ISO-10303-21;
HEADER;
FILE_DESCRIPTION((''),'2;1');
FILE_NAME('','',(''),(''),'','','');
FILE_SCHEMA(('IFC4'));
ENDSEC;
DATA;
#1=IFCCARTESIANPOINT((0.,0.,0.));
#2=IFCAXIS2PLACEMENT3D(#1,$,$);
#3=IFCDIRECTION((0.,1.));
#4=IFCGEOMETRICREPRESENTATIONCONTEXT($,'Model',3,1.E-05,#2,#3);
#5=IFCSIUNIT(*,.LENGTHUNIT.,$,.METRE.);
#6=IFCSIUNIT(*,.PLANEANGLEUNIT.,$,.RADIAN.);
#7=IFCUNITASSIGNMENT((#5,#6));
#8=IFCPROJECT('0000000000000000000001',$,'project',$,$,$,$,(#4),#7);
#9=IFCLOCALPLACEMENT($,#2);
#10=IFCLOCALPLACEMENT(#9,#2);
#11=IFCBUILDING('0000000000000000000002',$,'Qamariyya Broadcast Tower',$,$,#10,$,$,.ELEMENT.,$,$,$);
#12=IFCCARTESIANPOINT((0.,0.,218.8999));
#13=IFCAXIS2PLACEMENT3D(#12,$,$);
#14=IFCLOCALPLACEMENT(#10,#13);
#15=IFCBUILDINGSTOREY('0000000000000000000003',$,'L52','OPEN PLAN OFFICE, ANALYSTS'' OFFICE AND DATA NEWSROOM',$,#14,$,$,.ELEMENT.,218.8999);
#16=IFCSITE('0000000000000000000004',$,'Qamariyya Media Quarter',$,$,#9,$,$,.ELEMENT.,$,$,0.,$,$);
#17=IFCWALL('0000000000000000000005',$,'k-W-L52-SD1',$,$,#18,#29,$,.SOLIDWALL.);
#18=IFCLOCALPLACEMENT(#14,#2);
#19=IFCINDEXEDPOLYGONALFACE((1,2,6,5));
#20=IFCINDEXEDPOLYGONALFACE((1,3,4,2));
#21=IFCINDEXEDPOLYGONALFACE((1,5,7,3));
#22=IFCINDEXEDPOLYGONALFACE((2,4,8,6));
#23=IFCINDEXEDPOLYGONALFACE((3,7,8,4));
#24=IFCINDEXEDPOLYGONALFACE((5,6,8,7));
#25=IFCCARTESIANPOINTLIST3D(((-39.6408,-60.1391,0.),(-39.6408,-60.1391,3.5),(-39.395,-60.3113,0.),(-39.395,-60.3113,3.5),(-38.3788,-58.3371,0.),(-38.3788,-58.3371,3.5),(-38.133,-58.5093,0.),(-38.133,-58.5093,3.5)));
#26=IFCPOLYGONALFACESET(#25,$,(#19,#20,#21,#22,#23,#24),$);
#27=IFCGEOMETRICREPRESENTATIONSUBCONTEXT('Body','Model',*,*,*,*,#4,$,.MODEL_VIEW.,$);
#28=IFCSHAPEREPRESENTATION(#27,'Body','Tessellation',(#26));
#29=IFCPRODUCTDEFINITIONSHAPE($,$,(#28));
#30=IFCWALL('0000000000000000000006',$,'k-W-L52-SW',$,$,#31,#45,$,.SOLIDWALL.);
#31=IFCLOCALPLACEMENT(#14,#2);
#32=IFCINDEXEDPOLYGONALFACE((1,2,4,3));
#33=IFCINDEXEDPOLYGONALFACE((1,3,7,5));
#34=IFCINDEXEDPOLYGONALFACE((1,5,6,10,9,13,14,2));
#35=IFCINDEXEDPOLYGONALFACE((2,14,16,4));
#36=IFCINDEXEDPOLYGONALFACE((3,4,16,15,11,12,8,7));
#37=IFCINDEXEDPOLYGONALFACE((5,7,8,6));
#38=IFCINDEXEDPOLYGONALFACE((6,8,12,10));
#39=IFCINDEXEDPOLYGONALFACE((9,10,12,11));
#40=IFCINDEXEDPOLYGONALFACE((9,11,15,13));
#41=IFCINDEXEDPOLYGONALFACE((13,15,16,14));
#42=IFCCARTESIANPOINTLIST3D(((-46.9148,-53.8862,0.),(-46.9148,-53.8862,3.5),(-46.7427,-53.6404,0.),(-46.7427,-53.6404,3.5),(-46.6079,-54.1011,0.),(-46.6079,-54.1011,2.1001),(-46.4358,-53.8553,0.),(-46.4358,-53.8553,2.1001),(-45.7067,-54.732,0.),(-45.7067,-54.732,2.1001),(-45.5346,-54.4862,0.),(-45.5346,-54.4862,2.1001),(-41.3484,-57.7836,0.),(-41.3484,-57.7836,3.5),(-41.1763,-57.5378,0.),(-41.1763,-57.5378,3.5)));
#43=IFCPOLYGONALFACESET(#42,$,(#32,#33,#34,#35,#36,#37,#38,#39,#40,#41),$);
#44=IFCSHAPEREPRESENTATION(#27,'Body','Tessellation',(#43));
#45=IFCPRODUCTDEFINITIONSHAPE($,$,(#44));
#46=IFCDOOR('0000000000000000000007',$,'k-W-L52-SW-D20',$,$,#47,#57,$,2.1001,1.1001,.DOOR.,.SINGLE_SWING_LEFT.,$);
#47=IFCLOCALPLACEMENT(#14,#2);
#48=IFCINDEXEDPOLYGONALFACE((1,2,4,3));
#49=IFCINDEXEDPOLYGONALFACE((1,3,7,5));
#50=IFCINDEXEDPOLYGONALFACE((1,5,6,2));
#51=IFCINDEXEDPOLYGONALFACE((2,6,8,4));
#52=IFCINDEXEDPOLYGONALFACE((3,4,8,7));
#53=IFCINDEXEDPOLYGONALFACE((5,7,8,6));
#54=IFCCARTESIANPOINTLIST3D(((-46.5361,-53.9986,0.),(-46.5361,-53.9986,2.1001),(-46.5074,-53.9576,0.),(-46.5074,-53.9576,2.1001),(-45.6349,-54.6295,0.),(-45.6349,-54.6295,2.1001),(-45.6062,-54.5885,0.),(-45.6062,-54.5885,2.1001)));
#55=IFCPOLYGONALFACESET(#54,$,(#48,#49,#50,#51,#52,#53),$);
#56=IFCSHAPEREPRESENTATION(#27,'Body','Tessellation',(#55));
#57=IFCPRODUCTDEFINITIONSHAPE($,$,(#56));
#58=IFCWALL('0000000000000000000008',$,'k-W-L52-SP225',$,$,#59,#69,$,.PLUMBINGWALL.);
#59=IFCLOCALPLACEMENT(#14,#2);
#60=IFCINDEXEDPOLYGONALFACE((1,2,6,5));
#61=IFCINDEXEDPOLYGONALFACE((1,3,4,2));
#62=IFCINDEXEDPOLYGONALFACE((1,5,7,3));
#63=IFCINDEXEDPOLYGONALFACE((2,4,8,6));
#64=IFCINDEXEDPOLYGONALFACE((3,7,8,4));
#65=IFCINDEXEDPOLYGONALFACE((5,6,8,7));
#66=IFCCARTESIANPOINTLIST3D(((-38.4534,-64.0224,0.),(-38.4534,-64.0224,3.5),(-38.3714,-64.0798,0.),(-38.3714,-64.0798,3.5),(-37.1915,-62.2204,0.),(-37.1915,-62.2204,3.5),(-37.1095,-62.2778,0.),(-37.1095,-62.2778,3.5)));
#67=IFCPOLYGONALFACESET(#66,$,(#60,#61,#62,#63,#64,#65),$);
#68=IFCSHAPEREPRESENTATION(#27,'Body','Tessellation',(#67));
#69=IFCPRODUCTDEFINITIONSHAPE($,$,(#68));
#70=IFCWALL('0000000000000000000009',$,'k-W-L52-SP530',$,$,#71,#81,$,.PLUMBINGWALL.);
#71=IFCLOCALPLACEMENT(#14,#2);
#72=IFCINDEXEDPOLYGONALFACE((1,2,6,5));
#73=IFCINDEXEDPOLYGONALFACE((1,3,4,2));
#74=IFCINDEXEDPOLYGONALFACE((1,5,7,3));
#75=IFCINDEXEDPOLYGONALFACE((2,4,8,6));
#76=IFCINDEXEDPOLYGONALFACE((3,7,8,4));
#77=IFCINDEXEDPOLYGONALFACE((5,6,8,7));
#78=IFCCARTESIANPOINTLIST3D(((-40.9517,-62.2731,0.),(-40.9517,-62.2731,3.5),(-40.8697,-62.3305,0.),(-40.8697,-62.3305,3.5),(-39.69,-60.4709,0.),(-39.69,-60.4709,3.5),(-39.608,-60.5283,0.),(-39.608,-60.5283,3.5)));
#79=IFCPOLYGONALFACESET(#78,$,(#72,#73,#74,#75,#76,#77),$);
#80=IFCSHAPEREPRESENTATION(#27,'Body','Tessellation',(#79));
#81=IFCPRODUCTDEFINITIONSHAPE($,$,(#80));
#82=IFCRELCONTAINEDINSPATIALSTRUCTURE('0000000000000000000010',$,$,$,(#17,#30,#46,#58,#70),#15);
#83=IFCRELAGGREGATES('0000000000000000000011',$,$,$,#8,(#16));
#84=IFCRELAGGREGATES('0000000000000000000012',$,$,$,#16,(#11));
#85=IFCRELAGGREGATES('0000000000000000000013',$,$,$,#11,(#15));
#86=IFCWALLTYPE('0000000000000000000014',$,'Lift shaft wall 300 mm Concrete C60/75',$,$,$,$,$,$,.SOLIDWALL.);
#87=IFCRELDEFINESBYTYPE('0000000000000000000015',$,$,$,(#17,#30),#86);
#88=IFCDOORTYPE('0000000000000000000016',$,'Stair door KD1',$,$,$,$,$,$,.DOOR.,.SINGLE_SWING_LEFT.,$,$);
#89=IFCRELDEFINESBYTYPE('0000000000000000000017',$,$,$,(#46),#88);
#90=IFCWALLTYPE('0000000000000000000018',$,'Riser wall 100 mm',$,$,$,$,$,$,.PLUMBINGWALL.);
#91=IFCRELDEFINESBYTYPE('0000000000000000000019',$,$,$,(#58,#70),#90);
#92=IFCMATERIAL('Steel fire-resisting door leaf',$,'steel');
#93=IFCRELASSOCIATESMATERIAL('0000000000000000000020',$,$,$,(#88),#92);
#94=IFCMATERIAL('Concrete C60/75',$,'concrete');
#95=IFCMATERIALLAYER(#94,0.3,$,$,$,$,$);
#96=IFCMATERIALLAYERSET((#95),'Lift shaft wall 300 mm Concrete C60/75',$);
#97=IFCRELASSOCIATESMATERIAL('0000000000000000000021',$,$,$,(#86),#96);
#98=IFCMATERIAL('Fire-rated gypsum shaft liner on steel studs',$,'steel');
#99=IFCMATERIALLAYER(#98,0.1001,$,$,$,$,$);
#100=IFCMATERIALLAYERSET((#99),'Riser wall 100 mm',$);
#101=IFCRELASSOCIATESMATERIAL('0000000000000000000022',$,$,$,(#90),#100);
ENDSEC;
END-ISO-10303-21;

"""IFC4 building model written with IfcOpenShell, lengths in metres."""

from ifc_helpers import new_model, si_unit, direction, frame, frame_2d, origin, place, context, subcontext, project, spatial, rectangle, extrude, material, layer, layer_set, type_object, element, fill, save


model = new_model("IFC4")

# Units and contexts
model_context = context("Model", 3, precision=1e-05, world=origin(), true_north=direction((0.0, 1.0)))
body_context = subcontext(model_context, "Body", "Model", "MODEL_VIEW")
ifc_project = project(units=[si_unit("LENGTHUNIT", "METRE"), si_unit("PLANEANGLEUNIT", "RADIAN")], contexts=[model_context])

# Site, building, storey
site_placement = place(None, origin())
site = spatial("IfcSite", under=ifc_project, at=site_placement, Name="Qamariyya Media Quarter", CompositionType="ELEMENT", RefElevation=0.0)
building_placement = place(site_placement, origin())
building = spatial("IfcBuilding", under=site, at=building_placement, Name="Qamariyya Broadcast Tower", CompositionType="ELEMENT")
storey_placement = place(building_placement, frame((0.0, 0.0, 218.8999)))
storey = spatial("IfcBuildingStorey", under=building, at=storey_placement, Name="L52", Description="OPEN PLAN OFFICE, ANALYSTS' OFFICE AND DATA NEWSROOM", CompositionType="ELEMENT", Elevation=218.8999)

# Shared definitions
ifc_material_1 = material(Name="Concrete C60/75", Category="concrete")
ifc_material_2 = material(Name="Steel fire-resisting door leaf", Category="steel")
door_type_1 = type_object("IfcDoorType", Name="Stair door KD1", OperationType="SINGLE_SWING_LEFT", PredefinedType="DOOR", material=ifc_material_2)

# Shared definitions
ifc_layer_1 = layer(ifc_material_1, 0.3)
ifc_layer_set_1 = layer_set([ifc_layer_1], Name="Lift shaft wall 300 mm Concrete C60/75")
wall_type_1 = type_object("IfcWallType", Name="Lift shaft wall 300 mm Concrete C60/75", PredefinedType="SOLIDWALL", material=ifc_layer_set_1)

# Wall
wall_1_placement = place(storey_placement, frame((-38.2559, -58.4231, 0.0), z_axis=(0.0, 0.0, 1.0), x_axis=(-0.573634, -0.819112, 0.0)))
element("IfcWall", 1, at=wall_1_placement, inside=storey, type_object=wall_type_1, Name="k-W-L52-SD1", PredefinedType="SOLIDWALL", context=body_context, shape_type="SweptSolid", body=[
    extrude(rectangle(XDim=2.2, YDim=0.3, at=frame_2d((1.1001, 0.0))), origin(), (0.0, 0.0, 1.0), 3.5),
])

# Wall, opening, door
wall_2_placement = place(storey_placement, frame((-41.2625, -57.6606, 0.0), z_axis=(0.0, 0.0, 1.0), x_axis=(-0.819164, 0.573559, 0.0)))
wall_2 = element("IfcWall", 2, at=wall_2_placement, inside=storey, type_object=wall_type_1, Name="k-W-L52-SW", PredefinedType="SOLIDWALL", context=body_context, shape_type="SweptSolid", body=[
    extrude(rectangle(XDim=6.7952, YDim=0.3, at=frame_2d((3.3975, 0.0))), origin(), (0.0, 0.0, 1.0), 3.5),
])
opening_1_placement = place(wall_2_placement, frame((5.3203, 0.0, 0.0)))
opening_1 = element("IfcOpeningElement", 3, at=opening_1_placement, cuts=wall_2, PredefinedType="OPENING", context=body_context, shape_type="SweptSolid", body=[
    extrude(rectangle(XDim=1.1001, YDim=2.1001, at=frame_2d((0.55, 1.05))), frame((0.0, 0.1599, 0.0), z_axis=(0.0, -1.0, 0.0), x_axis=(1.0, 0.0, 0.0)), (0.0, 0.0, 1.0), 0.3201),
])
door_1_placement = place(opening_1_placement, origin())
door_1 = element("IfcDoor", 4, at=door_1_placement, inside=storey, type_object=door_type_1, Name="k-W-L52-SW-D20", OperationType="SINGLE_SWING_LEFT", OverallHeight=2.1001, OverallWidth=1.1001, PredefinedType="DOOR", context=body_context, shape_type="SweptSolid", body=[
    extrude(rectangle(XDim=1.1001, YDim=2.1001, at=frame_2d((0.55, 1.05))), frame((0.0, 0.0249, 0.0), z_axis=(0.0, -1.0, 0.0), x_axis=(1.0, 0.0, 0.0)), (0.0, 0.0, 1.0), 0.05),
])
fill(opening_1, door_1)

# Walls
ifc_material_3 = material(Name="Fire-rated gypsum shaft liner on steel studs", Category="steel")
ifc_layer_2 = layer(ifc_material_3, 0.1001)
ifc_layer_set_2 = layer_set([ifc_layer_2], Name="Riser wall 100 mm")
wall_type_2 = type_object("IfcWallType", Name="Riser wall 100 mm", PredefinedType="PLUMBINGWALL", material=ifc_layer_set_2)
for number, where, z_axis, x_axis, name in (
    (5, (-37.1504, -62.249, 0.0), (0.0, 0.0, 1.0), (-0.573634, -0.819112, 0.0), "k-W-L52-SP225"),
    (6, (-39.6489, -60.4995, 0.0), (0.0, 0.0, 1.0), (-0.573507, -0.819201, 0.0), "k-W-L52-SP530"),
):
    element("IfcWall", number, at=place(storey_placement, frame(where, z_axis=z_axis, x_axis=x_axis)), inside=storey, type_object=wall_type_2, Name=name, PredefinedType="PLUMBINGWALL", context=body_context, shape_type="SweptSolid", body=[
        extrude(rectangle(XDim=2.2, YDim=0.1001, at=frame_2d((1.1001, 0.0))), origin(), (0.0, 0.0, 1.0), 3.5),
    ])

save(model, "model.ifc")
